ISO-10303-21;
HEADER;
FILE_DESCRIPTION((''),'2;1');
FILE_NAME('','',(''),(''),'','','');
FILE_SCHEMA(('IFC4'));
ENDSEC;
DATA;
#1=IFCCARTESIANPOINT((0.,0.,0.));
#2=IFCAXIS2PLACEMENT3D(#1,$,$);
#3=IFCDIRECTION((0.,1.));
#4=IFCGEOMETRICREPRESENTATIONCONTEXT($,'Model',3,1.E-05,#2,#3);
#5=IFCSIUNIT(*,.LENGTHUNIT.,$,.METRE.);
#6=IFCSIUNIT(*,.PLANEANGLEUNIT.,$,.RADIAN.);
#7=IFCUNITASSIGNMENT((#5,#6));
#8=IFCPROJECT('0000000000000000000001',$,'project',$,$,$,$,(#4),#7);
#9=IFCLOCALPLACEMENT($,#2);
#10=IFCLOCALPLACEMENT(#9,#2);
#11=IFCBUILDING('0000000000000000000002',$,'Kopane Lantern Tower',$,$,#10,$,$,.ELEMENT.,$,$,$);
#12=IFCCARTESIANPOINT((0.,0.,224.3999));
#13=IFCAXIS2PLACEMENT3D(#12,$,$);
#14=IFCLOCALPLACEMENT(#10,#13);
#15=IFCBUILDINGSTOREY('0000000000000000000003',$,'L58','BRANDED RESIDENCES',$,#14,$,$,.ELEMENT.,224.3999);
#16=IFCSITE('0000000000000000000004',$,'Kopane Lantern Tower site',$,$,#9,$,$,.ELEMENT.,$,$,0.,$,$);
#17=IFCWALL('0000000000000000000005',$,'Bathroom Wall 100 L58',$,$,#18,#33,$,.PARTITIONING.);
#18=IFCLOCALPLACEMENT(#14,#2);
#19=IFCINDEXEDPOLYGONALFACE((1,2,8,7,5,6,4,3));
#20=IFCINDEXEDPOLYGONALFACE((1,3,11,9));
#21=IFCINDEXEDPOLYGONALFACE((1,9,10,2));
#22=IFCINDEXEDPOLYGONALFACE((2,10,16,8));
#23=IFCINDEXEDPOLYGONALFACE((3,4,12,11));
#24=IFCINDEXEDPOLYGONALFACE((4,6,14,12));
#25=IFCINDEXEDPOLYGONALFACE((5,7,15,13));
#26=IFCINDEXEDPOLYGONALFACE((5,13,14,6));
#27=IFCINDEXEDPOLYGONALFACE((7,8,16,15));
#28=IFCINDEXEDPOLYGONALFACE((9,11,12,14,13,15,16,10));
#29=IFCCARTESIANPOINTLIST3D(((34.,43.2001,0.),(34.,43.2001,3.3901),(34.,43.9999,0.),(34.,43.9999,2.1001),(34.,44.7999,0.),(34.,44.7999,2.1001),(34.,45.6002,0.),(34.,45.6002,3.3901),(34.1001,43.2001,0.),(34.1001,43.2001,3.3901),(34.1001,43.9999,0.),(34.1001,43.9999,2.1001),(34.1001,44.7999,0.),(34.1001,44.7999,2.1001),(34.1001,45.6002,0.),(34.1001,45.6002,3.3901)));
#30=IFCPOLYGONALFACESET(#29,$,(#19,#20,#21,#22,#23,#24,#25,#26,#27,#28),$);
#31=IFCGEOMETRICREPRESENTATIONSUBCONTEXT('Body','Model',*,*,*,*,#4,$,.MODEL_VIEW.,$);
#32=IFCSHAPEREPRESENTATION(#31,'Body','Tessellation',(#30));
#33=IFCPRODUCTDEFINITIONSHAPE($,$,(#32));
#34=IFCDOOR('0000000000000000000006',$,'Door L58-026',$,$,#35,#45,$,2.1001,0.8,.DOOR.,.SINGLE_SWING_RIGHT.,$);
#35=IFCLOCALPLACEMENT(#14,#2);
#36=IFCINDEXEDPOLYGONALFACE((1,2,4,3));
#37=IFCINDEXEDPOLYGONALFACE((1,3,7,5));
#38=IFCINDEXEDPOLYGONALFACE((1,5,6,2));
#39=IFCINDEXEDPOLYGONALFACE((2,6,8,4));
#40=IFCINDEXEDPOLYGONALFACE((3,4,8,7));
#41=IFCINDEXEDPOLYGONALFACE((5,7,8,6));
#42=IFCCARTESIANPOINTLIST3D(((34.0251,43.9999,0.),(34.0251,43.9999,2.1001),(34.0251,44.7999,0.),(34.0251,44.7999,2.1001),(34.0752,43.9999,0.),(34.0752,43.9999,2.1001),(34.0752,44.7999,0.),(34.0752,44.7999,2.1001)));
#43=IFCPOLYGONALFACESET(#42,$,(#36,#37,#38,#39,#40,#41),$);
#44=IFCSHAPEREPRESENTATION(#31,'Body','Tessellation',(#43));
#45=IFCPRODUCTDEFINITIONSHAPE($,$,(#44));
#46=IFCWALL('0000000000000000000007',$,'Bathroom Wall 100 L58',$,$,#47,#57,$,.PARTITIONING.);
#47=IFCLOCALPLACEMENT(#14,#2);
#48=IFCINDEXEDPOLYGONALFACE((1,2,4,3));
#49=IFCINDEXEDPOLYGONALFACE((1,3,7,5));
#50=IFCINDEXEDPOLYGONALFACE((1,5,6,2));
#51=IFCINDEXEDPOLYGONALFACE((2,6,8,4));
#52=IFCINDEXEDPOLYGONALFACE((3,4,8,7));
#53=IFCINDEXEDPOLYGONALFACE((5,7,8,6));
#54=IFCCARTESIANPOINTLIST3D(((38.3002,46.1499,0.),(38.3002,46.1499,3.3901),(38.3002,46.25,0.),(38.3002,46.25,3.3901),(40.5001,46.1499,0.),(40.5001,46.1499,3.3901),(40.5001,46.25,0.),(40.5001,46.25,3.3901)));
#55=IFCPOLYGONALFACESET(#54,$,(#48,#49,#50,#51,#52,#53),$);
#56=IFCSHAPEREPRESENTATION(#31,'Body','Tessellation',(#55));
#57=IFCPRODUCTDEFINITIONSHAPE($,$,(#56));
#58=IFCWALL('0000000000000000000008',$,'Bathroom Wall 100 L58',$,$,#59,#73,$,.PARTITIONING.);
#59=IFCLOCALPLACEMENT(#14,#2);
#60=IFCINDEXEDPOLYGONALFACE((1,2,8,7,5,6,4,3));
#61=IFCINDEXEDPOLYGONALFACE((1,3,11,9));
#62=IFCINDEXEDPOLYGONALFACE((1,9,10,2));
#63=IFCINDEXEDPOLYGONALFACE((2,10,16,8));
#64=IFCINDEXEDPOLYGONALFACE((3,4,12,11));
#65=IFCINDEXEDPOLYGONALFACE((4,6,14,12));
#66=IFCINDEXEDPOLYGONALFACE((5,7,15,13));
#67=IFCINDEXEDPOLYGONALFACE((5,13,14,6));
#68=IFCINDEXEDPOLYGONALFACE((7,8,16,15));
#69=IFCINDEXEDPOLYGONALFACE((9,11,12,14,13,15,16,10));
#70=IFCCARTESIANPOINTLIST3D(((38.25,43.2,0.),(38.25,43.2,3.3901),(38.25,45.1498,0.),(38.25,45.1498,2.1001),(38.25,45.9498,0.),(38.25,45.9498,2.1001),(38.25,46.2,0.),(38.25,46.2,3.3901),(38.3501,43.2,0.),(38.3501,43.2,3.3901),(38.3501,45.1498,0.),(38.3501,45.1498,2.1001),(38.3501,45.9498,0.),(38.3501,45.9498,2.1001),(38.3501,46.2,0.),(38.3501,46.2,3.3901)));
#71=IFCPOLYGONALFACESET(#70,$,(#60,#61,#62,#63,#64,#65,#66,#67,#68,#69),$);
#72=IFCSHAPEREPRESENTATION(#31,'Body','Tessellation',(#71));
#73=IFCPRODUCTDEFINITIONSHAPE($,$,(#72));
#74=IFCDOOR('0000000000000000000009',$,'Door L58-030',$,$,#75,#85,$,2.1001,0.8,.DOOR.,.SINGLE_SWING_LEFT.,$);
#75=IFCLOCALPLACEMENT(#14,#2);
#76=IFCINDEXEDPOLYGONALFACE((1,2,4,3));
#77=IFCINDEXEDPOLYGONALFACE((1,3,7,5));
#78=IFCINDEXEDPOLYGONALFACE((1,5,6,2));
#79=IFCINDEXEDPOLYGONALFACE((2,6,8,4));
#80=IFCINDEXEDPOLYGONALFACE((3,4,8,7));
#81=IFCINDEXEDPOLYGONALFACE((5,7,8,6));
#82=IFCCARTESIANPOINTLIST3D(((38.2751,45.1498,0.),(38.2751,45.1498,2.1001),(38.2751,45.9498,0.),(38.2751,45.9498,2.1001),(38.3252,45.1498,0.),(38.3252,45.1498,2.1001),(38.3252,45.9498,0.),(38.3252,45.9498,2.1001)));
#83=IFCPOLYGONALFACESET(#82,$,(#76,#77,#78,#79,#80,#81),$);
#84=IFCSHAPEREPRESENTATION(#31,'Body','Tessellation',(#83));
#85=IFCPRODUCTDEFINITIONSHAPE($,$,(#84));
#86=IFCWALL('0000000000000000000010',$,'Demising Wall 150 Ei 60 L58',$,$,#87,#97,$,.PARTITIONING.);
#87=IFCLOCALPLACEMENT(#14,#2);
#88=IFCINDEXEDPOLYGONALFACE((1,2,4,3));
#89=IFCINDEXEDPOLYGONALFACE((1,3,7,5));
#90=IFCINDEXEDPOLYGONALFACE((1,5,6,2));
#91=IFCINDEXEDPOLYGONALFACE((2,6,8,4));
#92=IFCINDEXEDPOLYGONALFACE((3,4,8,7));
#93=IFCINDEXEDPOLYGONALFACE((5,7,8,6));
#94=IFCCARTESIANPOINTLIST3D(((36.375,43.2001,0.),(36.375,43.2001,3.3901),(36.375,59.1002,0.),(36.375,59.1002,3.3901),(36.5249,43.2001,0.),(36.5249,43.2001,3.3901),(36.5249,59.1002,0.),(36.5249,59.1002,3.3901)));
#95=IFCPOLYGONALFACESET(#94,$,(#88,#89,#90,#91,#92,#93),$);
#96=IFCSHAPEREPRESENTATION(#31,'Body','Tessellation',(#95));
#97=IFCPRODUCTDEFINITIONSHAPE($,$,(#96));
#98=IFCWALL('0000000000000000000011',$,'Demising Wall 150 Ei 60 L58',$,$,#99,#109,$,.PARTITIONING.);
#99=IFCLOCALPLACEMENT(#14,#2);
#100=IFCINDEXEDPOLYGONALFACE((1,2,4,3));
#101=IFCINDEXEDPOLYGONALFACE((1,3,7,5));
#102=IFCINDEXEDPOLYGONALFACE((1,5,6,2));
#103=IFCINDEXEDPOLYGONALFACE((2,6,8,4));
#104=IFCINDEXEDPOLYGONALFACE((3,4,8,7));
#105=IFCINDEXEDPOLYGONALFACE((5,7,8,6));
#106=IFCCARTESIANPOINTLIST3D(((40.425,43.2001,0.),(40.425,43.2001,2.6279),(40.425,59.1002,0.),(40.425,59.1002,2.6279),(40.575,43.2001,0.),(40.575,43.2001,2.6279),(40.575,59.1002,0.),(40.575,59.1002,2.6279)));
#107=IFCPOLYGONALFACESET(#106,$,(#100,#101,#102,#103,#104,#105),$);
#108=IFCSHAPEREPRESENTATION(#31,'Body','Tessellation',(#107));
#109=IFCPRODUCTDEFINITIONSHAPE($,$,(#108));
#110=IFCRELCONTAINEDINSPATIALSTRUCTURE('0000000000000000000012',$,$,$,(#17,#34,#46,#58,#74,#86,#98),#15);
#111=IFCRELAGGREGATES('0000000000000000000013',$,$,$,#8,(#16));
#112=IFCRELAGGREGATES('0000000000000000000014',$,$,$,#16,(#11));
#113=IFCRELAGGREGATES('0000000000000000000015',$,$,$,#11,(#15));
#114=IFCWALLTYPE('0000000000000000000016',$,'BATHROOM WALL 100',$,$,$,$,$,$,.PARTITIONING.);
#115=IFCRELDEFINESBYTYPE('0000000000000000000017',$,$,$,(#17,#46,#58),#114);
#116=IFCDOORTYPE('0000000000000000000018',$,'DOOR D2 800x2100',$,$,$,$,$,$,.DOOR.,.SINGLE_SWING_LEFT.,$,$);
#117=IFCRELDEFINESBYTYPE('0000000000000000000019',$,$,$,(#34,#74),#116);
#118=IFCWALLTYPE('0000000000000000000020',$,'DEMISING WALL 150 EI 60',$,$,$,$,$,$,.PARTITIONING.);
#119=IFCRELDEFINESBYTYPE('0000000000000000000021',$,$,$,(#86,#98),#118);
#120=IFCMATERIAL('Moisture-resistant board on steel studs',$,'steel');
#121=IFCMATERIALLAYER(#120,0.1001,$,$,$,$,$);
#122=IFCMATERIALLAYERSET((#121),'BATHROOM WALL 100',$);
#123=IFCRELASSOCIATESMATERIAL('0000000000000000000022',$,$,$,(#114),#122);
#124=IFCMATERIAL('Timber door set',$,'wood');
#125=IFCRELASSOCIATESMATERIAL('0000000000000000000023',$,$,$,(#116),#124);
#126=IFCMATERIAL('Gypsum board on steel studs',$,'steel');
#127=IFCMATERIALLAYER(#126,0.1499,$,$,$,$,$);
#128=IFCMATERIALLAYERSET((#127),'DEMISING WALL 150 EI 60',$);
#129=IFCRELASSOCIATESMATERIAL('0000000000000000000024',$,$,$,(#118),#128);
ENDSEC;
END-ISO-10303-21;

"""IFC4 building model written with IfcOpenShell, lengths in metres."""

from ifc_helpers import new_model, si_unit, direction, frame, frame_2d, origin, place, context, subcontext, project, spatial, rectangle, extrude, material, layer, layer_set, type_object, element, fill, save


model = new_model("IFC4")

# Units and contexts
model_context = context("Model", 3, precision=1e-05, world=origin(), true_north=direction((0.0, 1.0)))
body_context = subcontext(model_context, "Body", "Model", "MODEL_VIEW")
ifc_project = project(units=[si_unit("LENGTHUNIT", "METRE"), si_unit("PLANEANGLEUNIT", "RADIAN")], contexts=[model_context])

# Site, building, storey
site_placement = place(None, origin())
site = spatial("IfcSite", under=ifc_project, at=site_placement, Name="Kopane Lantern Tower site", CompositionType="ELEMENT", RefElevation=0.0)
building_placement = place(site_placement, origin())
building = spatial("IfcBuilding", under=site, at=building_placement, Name="Kopane Lantern Tower", CompositionType="ELEMENT")
storey_placement = place(building_placement, frame((0.0, 0.0, 224.3999)))
storey = spatial("IfcBuildingStorey", under=building, at=storey_placement, Name="L58", Description="BRANDED RESIDENCES", CompositionType="ELEMENT", Elevation=224.3999)

# Wall, opening, door
ifc_material_1 = material(Name="Moisture-resistant board on steel studs", Category="steel")
ifc_layer_1 = layer(ifc_material_1, 0.1001)
ifc_layer_set_1 = layer_set([ifc_layer_1], Name="BATHROOM WALL 100")
wall_type_1 = type_object("IfcWallType", Name="BATHROOM WALL 100", PredefinedType="PARTITIONING", material=ifc_layer_set_1)
wall_1_placement = place(storey_placement, frame((34.05, 43.2, 0.0), z_axis=(0.0, 0.0, 1.0), x_axis=(0.0, 1.0, 0.0)))
wall_1 = element("IfcWall", 1, at=wall_1_placement, inside=storey, type_object=wall_type_1, Name="Bathroom Wall 100 L58", PredefinedType="PARTITIONING", context=body_context, shape_type="SweptSolid", body=[
    extrude(rectangle(XDim=2.4001, YDim=0.1001, at=frame_2d((1.2002, 0.0))), origin(), (0.0, 0.0, 1.0), 3.3901),
])
opening_1_placement = place(wall_1_placement, frame((0.8, 0.0, 0.0)))
opening_1 = element("IfcOpeningElement", 2, at=opening_1_placement, cuts=wall_1, PredefinedType="OPENING", context=body_context, shape_type="SweptSolid", body=[
    extrude(rectangle(XDim=0.8, YDim=2.1001, at=frame_2d((0.3999, 1.05))), frame((0.0, 0.0601, 0.0), z_axis=(0.0, -1.0, 0.0), x_axis=(1.0, 0.0, 0.0)), (0.0, 0.0, 1.0), 0.1201),
])
ifc_material_2 = material(Name="Timber door set", Category="wood")
door_type_1 = type_object("IfcDoorType", Name="DOOR D2 800x2100", OperationType="SINGLE_SWING_LEFT", PredefinedType="DOOR", material=ifc_material_2)
door_1_placement = place(opening_1_placement, origin())
door_1 = element("IfcDoor", 3, at=door_1_placement, inside=storey, type_object=door_type_1, Name="Door L58-026", OperationType="SINGLE_SWING_RIGHT", OverallHeight=2.1001, OverallWidth=0.8, PredefinedType="DOOR", context=body_context, shape_type="SweptSolid", body=[
    extrude(rectangle(XDim=0.8, YDim=2.1001, at=frame_2d((0.3999, 1.05))), frame((0.0, 0.0249, 0.0), z_axis=(0.0, -1.0, 0.0), x_axis=(1.0, 0.0, 0.0)), (0.0, 0.0, 1.0), 0.05),
])
fill(opening_1, door_1)

# Wall
wall_2_placement = place(storey_placement, frame((38.3, 46.2, 0.0), z_axis=(0.0, 0.0, 1.0), x_axis=(1.0, 0.0, 0.0)))
element("IfcWall", 4, at=wall_2_placement, inside=storey, type_object=wall_type_1, Name="Bathroom Wall 100 L58", PredefinedType="PARTITIONING", context=body_context, shape_type="SweptSolid", body=[
    extrude(rectangle(XDim=2.2, YDim=0.1001, at=frame_2d((1.1001, 0.0))), origin(), (0.0, 0.0, 1.0), 3.3901),
])

# Wall, opening, door
wall_3_placement = place(storey_placement, frame((38.3, 43.2, 0.0), z_axis=(0.0, 0.0, 1.0), x_axis=(0.0, 1.0, 0.0)))
wall_3 = element("IfcWall", 5, at=wall_3_placement, inside=storey, type_object=wall_type_1, Name="Bathroom Wall 100 L58", PredefinedType="PARTITIONING", context=body_context, shape_type="SweptSolid", body=[
    extrude(rectangle(XDim=3.0, YDim=0.1001, at=frame_2d((1.5, 0.0))), origin(), (0.0, 0.0, 1.0), 3.3901),
])
opening_2_placement = place(wall_3_placement, frame((1.95, 0.0, 0.0)))
opening_2 = element("IfcOpeningElement", 6, at=opening_2_placement, cuts=wall_3, PredefinedType="OPENING", context=body_context, shape_type="SweptSolid", body=[
    extrude(rectangle(XDim=0.8, YDim=2.1001, at=frame_2d((0.3999, 1.05))), frame((0.0, 0.0601, 0.0), z_axis=(0.0, -1.0, 0.0), x_axis=(1.0, 0.0, 0.0)), (0.0, 0.0, 1.0), 0.1201),
])
door_2_placement = place(opening_2_placement, origin())
door_2 = element("IfcDoor", 7, at=door_2_placement, inside=storey, type_object=door_type_1, Name="Door L58-030", OperationType="SINGLE_SWING_LEFT", OverallHeight=2.1001, OverallWidth=0.8, PredefinedType="DOOR", context=body_context, shape_type="SweptSolid", body=[
    extrude(rectangle(XDim=0.8, YDim=2.1001, at=frame_2d((0.3999, 1.05))), frame((0.0, 0.0249, 0.0), z_axis=(0.0, -1.0, 0.0), x_axis=(1.0, 0.0, 0.0)), (0.0, 0.0, 1.0), 0.05),
])
fill(opening_2, door_2)

# Walls
ifc_material_3 = material(Name="Gypsum board on steel studs", Category="steel")
ifc_layer_2 = layer(ifc_material_3, 0.1499)
ifc_layer_set_2 = layer_set([ifc_layer_2], Name="DEMISING WALL 150 EI 60")
wall_type_2 = type_object("IfcWallType", Name="DEMISING WALL 150 EI 60", PredefinedType="PARTITIONING", material=ifc_layer_set_2)
wall_4_placement = place(storey_placement, frame((36.45, 43.2, 0.0), z_axis=(0.0, 0.0, 1.0), x_axis=(0.0, 1.0, 0.0)))
element("IfcWall", 8, at=wall_4_placement, inside=storey, type_object=wall_type_2, Name="Demising Wall 150 Ei 60 L58", PredefinedType="PARTITIONING", context=body_context, shape_type="SweptSolid", body=[
    extrude(rectangle(XDim=15.9001, YDim=0.1499, at=frame_2d((7.9502, 0.0))), origin(), (0.0, 0.0, 1.0), 3.3901),
])
wall_5_placement = place(storey_placement, frame((40.5, 43.2, 0.0), z_axis=(0.0, 0.0, 1.0), x_axis=(0.0, 1.0, 0.0)))
element("IfcWall", 9, at=wall_5_placement, inside=storey, type_object=wall_type_2, Name="Demising Wall 150 Ei 60 L58", PredefinedType="PARTITIONING", context=body_context, shape_type="SweptSolid", body=[
    extrude(rectangle(XDim=15.9001, YDim=0.1499, at=frame_2d((7.9502, 0.0))), origin(), (0.0, 0.0, 1.0), 2.6279),
])

save(model, "model.ifc")
